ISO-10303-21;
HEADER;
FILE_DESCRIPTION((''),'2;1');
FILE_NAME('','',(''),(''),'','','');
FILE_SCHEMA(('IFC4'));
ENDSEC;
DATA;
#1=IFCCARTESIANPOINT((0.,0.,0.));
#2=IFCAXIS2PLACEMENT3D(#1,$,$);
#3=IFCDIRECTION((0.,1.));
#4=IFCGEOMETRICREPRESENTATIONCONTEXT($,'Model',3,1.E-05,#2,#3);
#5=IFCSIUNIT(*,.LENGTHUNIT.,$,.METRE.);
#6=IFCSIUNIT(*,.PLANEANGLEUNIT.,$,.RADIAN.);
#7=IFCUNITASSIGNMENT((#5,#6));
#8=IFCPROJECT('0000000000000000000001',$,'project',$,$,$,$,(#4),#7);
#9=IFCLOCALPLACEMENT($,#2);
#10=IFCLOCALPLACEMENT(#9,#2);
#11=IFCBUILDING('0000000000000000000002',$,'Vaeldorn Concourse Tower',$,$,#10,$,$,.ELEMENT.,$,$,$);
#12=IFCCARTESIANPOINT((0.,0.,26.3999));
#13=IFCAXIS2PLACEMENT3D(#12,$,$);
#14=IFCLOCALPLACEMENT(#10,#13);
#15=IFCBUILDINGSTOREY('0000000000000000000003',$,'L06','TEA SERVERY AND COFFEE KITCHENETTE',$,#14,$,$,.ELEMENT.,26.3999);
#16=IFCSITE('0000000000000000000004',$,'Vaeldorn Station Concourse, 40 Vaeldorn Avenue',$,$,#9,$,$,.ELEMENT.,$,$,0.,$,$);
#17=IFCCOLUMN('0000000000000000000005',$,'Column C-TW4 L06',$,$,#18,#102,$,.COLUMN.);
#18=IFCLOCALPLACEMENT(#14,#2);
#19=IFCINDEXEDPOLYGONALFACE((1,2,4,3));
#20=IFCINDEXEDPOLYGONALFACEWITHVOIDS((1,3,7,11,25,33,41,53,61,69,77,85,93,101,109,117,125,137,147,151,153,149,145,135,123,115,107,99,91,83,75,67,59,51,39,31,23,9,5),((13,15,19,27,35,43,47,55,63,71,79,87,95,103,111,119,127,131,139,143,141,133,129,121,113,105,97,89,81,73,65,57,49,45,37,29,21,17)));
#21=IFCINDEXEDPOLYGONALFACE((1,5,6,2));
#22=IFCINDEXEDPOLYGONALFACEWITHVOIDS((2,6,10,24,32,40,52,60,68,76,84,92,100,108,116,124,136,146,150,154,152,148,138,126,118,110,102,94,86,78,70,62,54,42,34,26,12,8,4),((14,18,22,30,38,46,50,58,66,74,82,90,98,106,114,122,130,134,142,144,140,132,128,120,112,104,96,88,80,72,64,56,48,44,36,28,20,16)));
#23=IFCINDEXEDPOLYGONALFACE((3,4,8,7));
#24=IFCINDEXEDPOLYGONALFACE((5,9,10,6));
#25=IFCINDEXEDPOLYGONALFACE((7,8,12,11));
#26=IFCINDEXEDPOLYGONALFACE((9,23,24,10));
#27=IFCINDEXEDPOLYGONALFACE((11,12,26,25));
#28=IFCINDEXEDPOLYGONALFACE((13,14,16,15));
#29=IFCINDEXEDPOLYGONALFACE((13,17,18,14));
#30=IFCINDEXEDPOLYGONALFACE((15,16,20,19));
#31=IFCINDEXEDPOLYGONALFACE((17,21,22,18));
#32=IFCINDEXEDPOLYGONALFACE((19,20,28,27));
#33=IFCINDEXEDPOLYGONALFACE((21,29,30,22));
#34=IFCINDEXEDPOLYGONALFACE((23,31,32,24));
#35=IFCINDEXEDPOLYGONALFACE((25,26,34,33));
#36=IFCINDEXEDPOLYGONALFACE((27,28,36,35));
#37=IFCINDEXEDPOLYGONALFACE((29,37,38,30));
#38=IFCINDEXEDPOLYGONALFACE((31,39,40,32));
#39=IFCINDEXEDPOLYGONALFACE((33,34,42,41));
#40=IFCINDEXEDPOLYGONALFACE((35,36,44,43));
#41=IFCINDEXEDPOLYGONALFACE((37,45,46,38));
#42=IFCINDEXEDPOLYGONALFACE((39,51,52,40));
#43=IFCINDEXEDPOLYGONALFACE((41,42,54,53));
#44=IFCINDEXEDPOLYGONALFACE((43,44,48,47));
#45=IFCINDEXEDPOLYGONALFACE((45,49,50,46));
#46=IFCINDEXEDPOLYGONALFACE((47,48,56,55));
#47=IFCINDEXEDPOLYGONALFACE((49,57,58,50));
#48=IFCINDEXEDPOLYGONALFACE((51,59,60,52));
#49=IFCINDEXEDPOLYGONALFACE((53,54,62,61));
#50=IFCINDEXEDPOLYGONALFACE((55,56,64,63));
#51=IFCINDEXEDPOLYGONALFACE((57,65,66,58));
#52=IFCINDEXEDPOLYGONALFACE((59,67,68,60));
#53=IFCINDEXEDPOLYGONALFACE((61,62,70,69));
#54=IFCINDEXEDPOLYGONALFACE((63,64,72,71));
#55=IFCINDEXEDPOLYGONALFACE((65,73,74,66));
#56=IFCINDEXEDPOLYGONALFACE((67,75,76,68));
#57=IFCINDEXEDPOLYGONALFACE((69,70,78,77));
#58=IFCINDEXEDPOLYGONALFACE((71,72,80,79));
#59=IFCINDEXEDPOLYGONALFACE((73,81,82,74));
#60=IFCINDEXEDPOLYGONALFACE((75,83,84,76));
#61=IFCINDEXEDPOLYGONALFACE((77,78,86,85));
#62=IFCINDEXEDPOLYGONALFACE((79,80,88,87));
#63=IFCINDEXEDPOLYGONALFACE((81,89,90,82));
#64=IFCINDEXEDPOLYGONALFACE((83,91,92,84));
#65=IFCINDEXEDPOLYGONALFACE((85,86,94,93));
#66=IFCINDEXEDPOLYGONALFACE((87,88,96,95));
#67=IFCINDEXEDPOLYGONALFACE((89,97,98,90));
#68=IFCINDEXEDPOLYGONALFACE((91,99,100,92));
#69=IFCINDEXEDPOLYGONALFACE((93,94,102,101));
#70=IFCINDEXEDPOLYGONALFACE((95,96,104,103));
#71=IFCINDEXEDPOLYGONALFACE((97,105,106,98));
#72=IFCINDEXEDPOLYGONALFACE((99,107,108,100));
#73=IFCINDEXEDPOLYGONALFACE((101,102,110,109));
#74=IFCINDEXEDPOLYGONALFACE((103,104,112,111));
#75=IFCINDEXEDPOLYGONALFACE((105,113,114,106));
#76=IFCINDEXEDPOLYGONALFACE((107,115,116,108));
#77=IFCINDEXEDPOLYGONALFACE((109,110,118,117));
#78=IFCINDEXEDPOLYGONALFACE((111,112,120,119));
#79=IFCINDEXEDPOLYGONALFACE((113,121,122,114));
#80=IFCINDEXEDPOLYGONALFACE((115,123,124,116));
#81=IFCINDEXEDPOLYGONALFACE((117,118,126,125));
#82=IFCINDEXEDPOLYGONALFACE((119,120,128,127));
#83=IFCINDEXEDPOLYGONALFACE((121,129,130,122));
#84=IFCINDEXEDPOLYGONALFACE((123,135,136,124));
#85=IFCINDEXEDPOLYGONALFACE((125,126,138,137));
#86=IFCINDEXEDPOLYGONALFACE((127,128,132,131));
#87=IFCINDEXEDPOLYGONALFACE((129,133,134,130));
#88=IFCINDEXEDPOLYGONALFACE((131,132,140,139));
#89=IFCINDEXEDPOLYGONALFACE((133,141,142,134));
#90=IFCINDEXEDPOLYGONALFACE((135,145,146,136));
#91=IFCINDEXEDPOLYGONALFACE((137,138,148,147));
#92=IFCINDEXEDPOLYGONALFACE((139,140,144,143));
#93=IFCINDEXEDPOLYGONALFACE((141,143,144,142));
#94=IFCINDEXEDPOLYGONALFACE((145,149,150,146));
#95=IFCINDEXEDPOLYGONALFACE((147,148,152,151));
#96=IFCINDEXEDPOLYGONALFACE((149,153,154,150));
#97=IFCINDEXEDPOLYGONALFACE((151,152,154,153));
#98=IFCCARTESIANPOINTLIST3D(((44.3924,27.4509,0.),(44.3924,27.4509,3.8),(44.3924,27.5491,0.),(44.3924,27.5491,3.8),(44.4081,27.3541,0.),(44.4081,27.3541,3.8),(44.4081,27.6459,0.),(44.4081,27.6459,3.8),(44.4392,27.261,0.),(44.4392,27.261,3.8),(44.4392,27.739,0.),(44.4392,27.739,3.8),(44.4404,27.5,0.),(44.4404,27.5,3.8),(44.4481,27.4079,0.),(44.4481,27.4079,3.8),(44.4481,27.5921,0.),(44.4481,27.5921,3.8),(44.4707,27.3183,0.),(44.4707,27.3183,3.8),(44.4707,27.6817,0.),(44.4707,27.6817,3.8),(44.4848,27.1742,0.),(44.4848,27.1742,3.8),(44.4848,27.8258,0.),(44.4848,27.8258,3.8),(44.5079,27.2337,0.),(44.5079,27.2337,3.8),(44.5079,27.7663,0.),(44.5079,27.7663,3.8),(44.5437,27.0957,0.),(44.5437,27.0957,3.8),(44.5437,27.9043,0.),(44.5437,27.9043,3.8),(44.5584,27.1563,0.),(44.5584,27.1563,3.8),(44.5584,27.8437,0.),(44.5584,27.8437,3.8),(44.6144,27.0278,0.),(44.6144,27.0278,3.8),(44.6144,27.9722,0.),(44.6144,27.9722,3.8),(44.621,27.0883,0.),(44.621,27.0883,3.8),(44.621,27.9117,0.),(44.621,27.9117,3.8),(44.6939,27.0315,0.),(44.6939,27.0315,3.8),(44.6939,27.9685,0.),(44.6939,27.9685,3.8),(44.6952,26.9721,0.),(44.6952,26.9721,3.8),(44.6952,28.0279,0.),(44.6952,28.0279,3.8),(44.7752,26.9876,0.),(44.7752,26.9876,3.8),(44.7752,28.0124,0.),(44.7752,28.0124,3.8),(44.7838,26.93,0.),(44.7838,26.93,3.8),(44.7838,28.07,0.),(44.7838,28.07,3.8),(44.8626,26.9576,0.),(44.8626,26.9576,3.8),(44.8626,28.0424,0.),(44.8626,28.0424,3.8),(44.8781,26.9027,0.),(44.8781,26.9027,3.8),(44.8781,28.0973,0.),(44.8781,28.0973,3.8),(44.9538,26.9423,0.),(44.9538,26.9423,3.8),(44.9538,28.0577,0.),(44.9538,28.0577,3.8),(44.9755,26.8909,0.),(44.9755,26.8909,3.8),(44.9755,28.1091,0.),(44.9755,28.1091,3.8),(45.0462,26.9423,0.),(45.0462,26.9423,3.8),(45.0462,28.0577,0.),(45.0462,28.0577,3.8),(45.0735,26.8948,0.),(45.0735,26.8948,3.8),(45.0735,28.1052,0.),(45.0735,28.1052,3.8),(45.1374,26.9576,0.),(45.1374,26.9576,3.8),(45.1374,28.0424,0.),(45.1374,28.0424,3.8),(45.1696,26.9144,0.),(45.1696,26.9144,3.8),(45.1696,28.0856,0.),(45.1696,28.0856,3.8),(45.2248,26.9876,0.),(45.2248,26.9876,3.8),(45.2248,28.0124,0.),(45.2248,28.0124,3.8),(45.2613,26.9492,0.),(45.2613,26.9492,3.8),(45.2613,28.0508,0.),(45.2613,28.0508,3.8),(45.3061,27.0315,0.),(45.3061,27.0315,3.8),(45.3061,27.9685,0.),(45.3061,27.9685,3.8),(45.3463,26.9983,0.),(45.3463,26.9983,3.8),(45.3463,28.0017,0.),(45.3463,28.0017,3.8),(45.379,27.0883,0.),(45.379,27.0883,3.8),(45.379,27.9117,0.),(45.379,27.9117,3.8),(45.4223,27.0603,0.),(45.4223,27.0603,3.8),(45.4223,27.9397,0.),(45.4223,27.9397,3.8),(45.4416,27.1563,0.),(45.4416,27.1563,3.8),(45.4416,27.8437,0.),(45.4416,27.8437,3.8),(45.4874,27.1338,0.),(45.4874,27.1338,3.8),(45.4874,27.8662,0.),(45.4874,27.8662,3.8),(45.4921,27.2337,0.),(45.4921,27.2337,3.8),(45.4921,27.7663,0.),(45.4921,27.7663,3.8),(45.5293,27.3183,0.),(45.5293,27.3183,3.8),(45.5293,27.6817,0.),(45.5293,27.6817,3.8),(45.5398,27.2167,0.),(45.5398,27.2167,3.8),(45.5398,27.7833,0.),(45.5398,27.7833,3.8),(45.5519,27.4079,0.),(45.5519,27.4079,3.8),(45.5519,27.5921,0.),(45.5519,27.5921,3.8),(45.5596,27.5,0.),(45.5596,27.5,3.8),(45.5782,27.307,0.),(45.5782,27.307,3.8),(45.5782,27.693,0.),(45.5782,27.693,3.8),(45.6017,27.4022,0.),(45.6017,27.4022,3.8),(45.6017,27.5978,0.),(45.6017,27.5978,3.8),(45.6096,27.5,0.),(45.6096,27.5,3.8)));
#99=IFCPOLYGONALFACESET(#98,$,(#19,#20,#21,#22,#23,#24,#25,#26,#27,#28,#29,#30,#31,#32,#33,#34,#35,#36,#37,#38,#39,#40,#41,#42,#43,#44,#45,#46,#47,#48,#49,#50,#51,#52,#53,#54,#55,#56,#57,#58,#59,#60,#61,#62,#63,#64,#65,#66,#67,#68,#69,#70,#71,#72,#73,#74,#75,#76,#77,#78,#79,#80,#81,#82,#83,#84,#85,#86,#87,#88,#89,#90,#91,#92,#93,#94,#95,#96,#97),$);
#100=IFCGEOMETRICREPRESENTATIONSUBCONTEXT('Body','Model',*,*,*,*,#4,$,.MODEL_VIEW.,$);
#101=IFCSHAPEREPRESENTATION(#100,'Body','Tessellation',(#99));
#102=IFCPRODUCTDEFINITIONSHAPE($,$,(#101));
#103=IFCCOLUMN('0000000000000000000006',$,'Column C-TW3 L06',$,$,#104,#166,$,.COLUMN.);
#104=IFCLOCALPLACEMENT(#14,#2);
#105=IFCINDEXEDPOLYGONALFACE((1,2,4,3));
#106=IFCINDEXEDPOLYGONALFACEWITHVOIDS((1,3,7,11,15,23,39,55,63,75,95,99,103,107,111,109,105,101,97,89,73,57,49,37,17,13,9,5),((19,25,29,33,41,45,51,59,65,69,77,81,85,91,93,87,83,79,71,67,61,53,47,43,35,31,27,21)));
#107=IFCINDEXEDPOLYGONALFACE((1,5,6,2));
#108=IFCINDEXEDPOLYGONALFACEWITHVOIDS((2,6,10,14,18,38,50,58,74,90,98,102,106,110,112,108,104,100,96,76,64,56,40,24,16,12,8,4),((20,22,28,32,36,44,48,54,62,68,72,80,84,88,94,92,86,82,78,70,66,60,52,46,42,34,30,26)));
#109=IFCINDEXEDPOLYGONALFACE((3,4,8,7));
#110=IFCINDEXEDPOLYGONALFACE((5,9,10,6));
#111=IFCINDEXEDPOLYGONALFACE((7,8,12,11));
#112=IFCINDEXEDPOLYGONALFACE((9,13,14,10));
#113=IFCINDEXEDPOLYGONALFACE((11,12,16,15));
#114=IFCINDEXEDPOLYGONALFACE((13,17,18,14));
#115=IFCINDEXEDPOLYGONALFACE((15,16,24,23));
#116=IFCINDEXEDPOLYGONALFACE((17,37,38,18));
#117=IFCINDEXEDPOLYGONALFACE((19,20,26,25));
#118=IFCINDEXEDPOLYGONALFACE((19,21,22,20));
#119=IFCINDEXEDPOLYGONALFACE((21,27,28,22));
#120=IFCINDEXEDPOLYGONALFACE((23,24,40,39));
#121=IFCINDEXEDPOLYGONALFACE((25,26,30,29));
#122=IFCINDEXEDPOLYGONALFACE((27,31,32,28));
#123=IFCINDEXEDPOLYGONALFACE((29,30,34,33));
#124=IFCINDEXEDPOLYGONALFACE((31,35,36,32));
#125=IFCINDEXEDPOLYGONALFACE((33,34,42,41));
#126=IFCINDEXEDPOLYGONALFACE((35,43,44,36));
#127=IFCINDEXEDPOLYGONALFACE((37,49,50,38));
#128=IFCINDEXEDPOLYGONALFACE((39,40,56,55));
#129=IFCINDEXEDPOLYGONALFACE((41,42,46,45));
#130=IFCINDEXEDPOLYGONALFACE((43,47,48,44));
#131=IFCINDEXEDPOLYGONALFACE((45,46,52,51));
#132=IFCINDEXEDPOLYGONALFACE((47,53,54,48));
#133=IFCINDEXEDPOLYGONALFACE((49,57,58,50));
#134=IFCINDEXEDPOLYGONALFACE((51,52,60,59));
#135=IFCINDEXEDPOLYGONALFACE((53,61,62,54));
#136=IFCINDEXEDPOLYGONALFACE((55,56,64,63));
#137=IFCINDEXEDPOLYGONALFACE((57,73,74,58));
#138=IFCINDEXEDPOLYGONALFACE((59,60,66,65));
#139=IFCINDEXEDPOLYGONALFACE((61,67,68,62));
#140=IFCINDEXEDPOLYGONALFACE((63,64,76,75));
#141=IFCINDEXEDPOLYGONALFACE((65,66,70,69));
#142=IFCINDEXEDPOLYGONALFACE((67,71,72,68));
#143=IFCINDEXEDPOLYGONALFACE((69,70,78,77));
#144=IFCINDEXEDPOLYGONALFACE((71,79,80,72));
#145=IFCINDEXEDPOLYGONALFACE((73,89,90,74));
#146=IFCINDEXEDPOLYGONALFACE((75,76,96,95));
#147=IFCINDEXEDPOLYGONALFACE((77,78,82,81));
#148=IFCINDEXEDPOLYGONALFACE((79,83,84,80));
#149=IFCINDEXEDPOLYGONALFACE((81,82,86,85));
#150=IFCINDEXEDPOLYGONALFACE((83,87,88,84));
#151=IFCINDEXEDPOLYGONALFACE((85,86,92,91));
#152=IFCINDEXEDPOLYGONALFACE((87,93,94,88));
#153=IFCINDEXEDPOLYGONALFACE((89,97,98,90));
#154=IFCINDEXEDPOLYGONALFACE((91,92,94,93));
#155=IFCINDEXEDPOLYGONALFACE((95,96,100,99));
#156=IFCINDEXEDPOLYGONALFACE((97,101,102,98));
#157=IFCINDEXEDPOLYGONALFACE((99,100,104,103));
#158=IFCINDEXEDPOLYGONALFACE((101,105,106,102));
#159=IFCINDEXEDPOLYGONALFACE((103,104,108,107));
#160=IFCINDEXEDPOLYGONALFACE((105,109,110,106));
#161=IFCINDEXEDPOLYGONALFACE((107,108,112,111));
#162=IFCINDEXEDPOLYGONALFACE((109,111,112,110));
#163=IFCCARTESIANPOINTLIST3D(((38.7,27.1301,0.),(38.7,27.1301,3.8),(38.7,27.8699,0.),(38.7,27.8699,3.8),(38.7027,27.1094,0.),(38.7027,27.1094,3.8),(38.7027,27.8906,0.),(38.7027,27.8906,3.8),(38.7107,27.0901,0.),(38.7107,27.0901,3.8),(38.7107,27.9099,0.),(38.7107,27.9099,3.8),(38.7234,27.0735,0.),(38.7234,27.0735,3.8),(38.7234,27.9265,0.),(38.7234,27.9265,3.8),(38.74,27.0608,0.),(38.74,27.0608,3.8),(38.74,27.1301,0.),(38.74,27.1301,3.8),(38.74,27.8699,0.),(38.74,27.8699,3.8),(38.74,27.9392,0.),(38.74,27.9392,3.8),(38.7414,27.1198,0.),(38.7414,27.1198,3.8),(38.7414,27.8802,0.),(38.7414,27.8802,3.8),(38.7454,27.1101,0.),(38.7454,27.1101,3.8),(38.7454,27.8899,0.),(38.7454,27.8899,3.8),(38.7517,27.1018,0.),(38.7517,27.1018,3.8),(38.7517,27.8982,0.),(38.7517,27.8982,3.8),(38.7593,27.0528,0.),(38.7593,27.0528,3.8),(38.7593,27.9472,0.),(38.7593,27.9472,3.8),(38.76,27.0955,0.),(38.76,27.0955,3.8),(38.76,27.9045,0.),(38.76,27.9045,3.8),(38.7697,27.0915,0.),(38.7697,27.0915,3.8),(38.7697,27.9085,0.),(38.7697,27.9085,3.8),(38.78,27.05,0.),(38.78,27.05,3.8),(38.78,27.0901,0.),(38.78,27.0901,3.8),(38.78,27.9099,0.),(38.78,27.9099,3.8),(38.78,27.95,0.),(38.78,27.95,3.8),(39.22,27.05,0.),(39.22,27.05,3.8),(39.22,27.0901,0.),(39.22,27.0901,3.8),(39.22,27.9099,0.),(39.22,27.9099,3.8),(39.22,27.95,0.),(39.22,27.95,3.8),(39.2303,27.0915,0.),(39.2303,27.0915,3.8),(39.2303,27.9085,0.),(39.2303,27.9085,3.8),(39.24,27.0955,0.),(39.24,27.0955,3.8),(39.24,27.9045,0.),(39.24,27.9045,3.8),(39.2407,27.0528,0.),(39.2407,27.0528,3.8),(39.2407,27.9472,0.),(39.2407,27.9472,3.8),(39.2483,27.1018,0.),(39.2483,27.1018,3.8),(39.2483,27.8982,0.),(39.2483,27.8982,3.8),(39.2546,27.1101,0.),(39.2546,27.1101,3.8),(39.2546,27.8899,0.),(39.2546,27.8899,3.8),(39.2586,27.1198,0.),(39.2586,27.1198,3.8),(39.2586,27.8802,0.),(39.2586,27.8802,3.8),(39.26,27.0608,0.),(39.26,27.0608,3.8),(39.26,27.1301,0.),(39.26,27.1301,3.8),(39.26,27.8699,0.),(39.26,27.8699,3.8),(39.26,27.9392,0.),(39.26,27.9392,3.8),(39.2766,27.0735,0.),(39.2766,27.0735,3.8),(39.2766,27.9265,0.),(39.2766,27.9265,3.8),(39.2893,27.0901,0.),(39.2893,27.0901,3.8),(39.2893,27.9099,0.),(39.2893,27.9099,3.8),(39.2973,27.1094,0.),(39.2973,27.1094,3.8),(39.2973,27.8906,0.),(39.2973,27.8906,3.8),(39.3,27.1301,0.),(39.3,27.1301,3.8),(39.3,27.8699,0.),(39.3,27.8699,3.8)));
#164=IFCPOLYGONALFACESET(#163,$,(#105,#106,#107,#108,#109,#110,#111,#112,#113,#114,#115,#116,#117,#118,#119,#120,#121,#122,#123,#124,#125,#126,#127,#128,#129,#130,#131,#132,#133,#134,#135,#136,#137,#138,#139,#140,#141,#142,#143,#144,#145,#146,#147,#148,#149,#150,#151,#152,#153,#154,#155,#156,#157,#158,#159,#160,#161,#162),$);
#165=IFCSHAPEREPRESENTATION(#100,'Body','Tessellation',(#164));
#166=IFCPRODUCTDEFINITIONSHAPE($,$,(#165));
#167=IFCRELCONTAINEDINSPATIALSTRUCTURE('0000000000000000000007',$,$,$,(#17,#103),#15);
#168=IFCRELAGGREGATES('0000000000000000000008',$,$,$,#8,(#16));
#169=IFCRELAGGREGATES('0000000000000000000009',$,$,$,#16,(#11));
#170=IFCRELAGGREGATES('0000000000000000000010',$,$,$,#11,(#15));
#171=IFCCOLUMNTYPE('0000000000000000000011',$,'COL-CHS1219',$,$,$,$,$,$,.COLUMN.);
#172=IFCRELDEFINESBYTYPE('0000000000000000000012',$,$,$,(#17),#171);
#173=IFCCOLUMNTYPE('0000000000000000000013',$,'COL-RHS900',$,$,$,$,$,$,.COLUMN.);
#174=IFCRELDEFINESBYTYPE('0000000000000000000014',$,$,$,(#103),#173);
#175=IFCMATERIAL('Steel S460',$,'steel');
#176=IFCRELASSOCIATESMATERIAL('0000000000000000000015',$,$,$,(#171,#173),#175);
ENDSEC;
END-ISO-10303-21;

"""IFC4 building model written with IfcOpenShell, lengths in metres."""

from ifc_helpers import new_model, si_unit, direction, frame, origin, origin_2d, place, context, subcontext, project, spatial, hollow_rectangle, hollow_circle, extrude, source, transform, mapped, material, material_profile, profile_set, type_object, element, save


model = new_model("IFC4")

# Units and contexts
model_context = context("Model", 3, precision=1e-05, world=origin(), true_north=direction((0.0, 1.0)))
body_context = subcontext(model_context, "Body", "Model", "MODEL_VIEW")
ifc_project = project(units=[si_unit("LENGTHUNIT", "METRE"), si_unit("PLANEANGLEUNIT", "RADIAN")], contexts=[model_context])

# Site, building, storey
site_placement = place(None, origin())
site = spatial("IfcSite", under=ifc_project, at=site_placement, Name="Vaeldorn Station Concourse, 40 Vaeldorn Avenue", CompositionType="ELEMENT", RefElevation=0.0)
building_placement = place(site_placement, origin())
building = spatial("IfcBuilding", under=site, at=building_placement, Name="Vaeldorn Concourse Tower", CompositionType="ELEMENT")
storey_placement = place(building_placement, frame((0.0, 0.0, 26.3999)))
storey = spatial("IfcBuildingStorey", under=building, at=storey_placement, Name="L06", Description="TEA SERVERY AND COFFEE KITCHENETTE", CompositionType="ELEMENT", Elevation=26.3999)

# Columns
ifc_material_1 = material(Name="Steel S460", Category="steel")
ifc_material_profile_1 = material_profile(ifc_material_1, hollow_circle(Radius=0.6096, WallThickness=0.05, at=origin_2d()), Name="CHS 1219x50")
ifc_profile_set_1 = profile_set([ifc_material_profile_1], Name="Steel S460")
column_type_1 = type_object("IfcColumnType", Name="COL-CHS1219", PredefinedType="COLUMN", material=ifc_profile_set_1)
shared_shape_1 = source(origin(), body_context, "Body", "SweptSolid", [
    extrude(hollow_circle(Radius=0.6096, WallThickness=0.05, at=origin_2d()), origin(), (0.0, 0.0, 1.0), 3.8),
])
column_placement = place(storey_placement, frame((45.0, 27.5, 0.0), z_axis=(0.0, 0.0, 1.0), x_axis=(1.0, 0.0, 0.0)))
element("IfcColumn", 1, at=column_placement, inside=storey, type_object=column_type_1, Name="Column C-TW4 L06", PredefinedType="COLUMN", context=body_context, shape_type="MappedRepresentation", body=[
    mapped(shared_shape_1, transform((0.0, 0.0, 0.0), scale=1.0)),
])
ifc_material_profile_2 = material_profile(ifc_material_1, hollow_rectangle(XDim=0.6001, YDim=0.8999, WallThickness=0.04, InnerFilletRadius=0.04, OuterFilletRadius=0.0801, at=origin_2d()), Name="RHS 900x600x40")
ifc_profile_set_2 = profile_set([ifc_material_profile_2], Name="Steel S460")
column_type_2 = type_object("IfcColumnType", Name="COL-RHS900", PredefinedType="COLUMN", material=ifc_profile_set_2)
shared_shape_2 = source(origin(), body_context, "Body", "SweptSolid", [
    extrude(hollow_rectangle(XDim=0.6001, YDim=0.8999, WallThickness=0.04, InnerFilletRadius=0.04, OuterFilletRadius=0.0801, at=origin_2d()), origin(), (0.0, 0.0, 1.0), 3.8),
])
for number, where, z_axis, x_axis, name in (
    (2, (39.0, 27.5, 0.0), (0.0, 0.0, 1.0), (1.0, 0.0, 0.0), "Column C-TW3 L06"),
):
    element("IfcColumn", number, at=place(storey_placement, frame(where, z_axis=z_axis, x_axis=x_axis)), inside=storey, type_object=column_type_2, Name=name, PredefinedType="COLUMN", context=body_context, shape_type="MappedRepresentation", body=[
        mapped(shared_shape_2, transform((0.0, 0.0, 0.0), scale=1.0)),
    ])

save(model, "model.ifc")
